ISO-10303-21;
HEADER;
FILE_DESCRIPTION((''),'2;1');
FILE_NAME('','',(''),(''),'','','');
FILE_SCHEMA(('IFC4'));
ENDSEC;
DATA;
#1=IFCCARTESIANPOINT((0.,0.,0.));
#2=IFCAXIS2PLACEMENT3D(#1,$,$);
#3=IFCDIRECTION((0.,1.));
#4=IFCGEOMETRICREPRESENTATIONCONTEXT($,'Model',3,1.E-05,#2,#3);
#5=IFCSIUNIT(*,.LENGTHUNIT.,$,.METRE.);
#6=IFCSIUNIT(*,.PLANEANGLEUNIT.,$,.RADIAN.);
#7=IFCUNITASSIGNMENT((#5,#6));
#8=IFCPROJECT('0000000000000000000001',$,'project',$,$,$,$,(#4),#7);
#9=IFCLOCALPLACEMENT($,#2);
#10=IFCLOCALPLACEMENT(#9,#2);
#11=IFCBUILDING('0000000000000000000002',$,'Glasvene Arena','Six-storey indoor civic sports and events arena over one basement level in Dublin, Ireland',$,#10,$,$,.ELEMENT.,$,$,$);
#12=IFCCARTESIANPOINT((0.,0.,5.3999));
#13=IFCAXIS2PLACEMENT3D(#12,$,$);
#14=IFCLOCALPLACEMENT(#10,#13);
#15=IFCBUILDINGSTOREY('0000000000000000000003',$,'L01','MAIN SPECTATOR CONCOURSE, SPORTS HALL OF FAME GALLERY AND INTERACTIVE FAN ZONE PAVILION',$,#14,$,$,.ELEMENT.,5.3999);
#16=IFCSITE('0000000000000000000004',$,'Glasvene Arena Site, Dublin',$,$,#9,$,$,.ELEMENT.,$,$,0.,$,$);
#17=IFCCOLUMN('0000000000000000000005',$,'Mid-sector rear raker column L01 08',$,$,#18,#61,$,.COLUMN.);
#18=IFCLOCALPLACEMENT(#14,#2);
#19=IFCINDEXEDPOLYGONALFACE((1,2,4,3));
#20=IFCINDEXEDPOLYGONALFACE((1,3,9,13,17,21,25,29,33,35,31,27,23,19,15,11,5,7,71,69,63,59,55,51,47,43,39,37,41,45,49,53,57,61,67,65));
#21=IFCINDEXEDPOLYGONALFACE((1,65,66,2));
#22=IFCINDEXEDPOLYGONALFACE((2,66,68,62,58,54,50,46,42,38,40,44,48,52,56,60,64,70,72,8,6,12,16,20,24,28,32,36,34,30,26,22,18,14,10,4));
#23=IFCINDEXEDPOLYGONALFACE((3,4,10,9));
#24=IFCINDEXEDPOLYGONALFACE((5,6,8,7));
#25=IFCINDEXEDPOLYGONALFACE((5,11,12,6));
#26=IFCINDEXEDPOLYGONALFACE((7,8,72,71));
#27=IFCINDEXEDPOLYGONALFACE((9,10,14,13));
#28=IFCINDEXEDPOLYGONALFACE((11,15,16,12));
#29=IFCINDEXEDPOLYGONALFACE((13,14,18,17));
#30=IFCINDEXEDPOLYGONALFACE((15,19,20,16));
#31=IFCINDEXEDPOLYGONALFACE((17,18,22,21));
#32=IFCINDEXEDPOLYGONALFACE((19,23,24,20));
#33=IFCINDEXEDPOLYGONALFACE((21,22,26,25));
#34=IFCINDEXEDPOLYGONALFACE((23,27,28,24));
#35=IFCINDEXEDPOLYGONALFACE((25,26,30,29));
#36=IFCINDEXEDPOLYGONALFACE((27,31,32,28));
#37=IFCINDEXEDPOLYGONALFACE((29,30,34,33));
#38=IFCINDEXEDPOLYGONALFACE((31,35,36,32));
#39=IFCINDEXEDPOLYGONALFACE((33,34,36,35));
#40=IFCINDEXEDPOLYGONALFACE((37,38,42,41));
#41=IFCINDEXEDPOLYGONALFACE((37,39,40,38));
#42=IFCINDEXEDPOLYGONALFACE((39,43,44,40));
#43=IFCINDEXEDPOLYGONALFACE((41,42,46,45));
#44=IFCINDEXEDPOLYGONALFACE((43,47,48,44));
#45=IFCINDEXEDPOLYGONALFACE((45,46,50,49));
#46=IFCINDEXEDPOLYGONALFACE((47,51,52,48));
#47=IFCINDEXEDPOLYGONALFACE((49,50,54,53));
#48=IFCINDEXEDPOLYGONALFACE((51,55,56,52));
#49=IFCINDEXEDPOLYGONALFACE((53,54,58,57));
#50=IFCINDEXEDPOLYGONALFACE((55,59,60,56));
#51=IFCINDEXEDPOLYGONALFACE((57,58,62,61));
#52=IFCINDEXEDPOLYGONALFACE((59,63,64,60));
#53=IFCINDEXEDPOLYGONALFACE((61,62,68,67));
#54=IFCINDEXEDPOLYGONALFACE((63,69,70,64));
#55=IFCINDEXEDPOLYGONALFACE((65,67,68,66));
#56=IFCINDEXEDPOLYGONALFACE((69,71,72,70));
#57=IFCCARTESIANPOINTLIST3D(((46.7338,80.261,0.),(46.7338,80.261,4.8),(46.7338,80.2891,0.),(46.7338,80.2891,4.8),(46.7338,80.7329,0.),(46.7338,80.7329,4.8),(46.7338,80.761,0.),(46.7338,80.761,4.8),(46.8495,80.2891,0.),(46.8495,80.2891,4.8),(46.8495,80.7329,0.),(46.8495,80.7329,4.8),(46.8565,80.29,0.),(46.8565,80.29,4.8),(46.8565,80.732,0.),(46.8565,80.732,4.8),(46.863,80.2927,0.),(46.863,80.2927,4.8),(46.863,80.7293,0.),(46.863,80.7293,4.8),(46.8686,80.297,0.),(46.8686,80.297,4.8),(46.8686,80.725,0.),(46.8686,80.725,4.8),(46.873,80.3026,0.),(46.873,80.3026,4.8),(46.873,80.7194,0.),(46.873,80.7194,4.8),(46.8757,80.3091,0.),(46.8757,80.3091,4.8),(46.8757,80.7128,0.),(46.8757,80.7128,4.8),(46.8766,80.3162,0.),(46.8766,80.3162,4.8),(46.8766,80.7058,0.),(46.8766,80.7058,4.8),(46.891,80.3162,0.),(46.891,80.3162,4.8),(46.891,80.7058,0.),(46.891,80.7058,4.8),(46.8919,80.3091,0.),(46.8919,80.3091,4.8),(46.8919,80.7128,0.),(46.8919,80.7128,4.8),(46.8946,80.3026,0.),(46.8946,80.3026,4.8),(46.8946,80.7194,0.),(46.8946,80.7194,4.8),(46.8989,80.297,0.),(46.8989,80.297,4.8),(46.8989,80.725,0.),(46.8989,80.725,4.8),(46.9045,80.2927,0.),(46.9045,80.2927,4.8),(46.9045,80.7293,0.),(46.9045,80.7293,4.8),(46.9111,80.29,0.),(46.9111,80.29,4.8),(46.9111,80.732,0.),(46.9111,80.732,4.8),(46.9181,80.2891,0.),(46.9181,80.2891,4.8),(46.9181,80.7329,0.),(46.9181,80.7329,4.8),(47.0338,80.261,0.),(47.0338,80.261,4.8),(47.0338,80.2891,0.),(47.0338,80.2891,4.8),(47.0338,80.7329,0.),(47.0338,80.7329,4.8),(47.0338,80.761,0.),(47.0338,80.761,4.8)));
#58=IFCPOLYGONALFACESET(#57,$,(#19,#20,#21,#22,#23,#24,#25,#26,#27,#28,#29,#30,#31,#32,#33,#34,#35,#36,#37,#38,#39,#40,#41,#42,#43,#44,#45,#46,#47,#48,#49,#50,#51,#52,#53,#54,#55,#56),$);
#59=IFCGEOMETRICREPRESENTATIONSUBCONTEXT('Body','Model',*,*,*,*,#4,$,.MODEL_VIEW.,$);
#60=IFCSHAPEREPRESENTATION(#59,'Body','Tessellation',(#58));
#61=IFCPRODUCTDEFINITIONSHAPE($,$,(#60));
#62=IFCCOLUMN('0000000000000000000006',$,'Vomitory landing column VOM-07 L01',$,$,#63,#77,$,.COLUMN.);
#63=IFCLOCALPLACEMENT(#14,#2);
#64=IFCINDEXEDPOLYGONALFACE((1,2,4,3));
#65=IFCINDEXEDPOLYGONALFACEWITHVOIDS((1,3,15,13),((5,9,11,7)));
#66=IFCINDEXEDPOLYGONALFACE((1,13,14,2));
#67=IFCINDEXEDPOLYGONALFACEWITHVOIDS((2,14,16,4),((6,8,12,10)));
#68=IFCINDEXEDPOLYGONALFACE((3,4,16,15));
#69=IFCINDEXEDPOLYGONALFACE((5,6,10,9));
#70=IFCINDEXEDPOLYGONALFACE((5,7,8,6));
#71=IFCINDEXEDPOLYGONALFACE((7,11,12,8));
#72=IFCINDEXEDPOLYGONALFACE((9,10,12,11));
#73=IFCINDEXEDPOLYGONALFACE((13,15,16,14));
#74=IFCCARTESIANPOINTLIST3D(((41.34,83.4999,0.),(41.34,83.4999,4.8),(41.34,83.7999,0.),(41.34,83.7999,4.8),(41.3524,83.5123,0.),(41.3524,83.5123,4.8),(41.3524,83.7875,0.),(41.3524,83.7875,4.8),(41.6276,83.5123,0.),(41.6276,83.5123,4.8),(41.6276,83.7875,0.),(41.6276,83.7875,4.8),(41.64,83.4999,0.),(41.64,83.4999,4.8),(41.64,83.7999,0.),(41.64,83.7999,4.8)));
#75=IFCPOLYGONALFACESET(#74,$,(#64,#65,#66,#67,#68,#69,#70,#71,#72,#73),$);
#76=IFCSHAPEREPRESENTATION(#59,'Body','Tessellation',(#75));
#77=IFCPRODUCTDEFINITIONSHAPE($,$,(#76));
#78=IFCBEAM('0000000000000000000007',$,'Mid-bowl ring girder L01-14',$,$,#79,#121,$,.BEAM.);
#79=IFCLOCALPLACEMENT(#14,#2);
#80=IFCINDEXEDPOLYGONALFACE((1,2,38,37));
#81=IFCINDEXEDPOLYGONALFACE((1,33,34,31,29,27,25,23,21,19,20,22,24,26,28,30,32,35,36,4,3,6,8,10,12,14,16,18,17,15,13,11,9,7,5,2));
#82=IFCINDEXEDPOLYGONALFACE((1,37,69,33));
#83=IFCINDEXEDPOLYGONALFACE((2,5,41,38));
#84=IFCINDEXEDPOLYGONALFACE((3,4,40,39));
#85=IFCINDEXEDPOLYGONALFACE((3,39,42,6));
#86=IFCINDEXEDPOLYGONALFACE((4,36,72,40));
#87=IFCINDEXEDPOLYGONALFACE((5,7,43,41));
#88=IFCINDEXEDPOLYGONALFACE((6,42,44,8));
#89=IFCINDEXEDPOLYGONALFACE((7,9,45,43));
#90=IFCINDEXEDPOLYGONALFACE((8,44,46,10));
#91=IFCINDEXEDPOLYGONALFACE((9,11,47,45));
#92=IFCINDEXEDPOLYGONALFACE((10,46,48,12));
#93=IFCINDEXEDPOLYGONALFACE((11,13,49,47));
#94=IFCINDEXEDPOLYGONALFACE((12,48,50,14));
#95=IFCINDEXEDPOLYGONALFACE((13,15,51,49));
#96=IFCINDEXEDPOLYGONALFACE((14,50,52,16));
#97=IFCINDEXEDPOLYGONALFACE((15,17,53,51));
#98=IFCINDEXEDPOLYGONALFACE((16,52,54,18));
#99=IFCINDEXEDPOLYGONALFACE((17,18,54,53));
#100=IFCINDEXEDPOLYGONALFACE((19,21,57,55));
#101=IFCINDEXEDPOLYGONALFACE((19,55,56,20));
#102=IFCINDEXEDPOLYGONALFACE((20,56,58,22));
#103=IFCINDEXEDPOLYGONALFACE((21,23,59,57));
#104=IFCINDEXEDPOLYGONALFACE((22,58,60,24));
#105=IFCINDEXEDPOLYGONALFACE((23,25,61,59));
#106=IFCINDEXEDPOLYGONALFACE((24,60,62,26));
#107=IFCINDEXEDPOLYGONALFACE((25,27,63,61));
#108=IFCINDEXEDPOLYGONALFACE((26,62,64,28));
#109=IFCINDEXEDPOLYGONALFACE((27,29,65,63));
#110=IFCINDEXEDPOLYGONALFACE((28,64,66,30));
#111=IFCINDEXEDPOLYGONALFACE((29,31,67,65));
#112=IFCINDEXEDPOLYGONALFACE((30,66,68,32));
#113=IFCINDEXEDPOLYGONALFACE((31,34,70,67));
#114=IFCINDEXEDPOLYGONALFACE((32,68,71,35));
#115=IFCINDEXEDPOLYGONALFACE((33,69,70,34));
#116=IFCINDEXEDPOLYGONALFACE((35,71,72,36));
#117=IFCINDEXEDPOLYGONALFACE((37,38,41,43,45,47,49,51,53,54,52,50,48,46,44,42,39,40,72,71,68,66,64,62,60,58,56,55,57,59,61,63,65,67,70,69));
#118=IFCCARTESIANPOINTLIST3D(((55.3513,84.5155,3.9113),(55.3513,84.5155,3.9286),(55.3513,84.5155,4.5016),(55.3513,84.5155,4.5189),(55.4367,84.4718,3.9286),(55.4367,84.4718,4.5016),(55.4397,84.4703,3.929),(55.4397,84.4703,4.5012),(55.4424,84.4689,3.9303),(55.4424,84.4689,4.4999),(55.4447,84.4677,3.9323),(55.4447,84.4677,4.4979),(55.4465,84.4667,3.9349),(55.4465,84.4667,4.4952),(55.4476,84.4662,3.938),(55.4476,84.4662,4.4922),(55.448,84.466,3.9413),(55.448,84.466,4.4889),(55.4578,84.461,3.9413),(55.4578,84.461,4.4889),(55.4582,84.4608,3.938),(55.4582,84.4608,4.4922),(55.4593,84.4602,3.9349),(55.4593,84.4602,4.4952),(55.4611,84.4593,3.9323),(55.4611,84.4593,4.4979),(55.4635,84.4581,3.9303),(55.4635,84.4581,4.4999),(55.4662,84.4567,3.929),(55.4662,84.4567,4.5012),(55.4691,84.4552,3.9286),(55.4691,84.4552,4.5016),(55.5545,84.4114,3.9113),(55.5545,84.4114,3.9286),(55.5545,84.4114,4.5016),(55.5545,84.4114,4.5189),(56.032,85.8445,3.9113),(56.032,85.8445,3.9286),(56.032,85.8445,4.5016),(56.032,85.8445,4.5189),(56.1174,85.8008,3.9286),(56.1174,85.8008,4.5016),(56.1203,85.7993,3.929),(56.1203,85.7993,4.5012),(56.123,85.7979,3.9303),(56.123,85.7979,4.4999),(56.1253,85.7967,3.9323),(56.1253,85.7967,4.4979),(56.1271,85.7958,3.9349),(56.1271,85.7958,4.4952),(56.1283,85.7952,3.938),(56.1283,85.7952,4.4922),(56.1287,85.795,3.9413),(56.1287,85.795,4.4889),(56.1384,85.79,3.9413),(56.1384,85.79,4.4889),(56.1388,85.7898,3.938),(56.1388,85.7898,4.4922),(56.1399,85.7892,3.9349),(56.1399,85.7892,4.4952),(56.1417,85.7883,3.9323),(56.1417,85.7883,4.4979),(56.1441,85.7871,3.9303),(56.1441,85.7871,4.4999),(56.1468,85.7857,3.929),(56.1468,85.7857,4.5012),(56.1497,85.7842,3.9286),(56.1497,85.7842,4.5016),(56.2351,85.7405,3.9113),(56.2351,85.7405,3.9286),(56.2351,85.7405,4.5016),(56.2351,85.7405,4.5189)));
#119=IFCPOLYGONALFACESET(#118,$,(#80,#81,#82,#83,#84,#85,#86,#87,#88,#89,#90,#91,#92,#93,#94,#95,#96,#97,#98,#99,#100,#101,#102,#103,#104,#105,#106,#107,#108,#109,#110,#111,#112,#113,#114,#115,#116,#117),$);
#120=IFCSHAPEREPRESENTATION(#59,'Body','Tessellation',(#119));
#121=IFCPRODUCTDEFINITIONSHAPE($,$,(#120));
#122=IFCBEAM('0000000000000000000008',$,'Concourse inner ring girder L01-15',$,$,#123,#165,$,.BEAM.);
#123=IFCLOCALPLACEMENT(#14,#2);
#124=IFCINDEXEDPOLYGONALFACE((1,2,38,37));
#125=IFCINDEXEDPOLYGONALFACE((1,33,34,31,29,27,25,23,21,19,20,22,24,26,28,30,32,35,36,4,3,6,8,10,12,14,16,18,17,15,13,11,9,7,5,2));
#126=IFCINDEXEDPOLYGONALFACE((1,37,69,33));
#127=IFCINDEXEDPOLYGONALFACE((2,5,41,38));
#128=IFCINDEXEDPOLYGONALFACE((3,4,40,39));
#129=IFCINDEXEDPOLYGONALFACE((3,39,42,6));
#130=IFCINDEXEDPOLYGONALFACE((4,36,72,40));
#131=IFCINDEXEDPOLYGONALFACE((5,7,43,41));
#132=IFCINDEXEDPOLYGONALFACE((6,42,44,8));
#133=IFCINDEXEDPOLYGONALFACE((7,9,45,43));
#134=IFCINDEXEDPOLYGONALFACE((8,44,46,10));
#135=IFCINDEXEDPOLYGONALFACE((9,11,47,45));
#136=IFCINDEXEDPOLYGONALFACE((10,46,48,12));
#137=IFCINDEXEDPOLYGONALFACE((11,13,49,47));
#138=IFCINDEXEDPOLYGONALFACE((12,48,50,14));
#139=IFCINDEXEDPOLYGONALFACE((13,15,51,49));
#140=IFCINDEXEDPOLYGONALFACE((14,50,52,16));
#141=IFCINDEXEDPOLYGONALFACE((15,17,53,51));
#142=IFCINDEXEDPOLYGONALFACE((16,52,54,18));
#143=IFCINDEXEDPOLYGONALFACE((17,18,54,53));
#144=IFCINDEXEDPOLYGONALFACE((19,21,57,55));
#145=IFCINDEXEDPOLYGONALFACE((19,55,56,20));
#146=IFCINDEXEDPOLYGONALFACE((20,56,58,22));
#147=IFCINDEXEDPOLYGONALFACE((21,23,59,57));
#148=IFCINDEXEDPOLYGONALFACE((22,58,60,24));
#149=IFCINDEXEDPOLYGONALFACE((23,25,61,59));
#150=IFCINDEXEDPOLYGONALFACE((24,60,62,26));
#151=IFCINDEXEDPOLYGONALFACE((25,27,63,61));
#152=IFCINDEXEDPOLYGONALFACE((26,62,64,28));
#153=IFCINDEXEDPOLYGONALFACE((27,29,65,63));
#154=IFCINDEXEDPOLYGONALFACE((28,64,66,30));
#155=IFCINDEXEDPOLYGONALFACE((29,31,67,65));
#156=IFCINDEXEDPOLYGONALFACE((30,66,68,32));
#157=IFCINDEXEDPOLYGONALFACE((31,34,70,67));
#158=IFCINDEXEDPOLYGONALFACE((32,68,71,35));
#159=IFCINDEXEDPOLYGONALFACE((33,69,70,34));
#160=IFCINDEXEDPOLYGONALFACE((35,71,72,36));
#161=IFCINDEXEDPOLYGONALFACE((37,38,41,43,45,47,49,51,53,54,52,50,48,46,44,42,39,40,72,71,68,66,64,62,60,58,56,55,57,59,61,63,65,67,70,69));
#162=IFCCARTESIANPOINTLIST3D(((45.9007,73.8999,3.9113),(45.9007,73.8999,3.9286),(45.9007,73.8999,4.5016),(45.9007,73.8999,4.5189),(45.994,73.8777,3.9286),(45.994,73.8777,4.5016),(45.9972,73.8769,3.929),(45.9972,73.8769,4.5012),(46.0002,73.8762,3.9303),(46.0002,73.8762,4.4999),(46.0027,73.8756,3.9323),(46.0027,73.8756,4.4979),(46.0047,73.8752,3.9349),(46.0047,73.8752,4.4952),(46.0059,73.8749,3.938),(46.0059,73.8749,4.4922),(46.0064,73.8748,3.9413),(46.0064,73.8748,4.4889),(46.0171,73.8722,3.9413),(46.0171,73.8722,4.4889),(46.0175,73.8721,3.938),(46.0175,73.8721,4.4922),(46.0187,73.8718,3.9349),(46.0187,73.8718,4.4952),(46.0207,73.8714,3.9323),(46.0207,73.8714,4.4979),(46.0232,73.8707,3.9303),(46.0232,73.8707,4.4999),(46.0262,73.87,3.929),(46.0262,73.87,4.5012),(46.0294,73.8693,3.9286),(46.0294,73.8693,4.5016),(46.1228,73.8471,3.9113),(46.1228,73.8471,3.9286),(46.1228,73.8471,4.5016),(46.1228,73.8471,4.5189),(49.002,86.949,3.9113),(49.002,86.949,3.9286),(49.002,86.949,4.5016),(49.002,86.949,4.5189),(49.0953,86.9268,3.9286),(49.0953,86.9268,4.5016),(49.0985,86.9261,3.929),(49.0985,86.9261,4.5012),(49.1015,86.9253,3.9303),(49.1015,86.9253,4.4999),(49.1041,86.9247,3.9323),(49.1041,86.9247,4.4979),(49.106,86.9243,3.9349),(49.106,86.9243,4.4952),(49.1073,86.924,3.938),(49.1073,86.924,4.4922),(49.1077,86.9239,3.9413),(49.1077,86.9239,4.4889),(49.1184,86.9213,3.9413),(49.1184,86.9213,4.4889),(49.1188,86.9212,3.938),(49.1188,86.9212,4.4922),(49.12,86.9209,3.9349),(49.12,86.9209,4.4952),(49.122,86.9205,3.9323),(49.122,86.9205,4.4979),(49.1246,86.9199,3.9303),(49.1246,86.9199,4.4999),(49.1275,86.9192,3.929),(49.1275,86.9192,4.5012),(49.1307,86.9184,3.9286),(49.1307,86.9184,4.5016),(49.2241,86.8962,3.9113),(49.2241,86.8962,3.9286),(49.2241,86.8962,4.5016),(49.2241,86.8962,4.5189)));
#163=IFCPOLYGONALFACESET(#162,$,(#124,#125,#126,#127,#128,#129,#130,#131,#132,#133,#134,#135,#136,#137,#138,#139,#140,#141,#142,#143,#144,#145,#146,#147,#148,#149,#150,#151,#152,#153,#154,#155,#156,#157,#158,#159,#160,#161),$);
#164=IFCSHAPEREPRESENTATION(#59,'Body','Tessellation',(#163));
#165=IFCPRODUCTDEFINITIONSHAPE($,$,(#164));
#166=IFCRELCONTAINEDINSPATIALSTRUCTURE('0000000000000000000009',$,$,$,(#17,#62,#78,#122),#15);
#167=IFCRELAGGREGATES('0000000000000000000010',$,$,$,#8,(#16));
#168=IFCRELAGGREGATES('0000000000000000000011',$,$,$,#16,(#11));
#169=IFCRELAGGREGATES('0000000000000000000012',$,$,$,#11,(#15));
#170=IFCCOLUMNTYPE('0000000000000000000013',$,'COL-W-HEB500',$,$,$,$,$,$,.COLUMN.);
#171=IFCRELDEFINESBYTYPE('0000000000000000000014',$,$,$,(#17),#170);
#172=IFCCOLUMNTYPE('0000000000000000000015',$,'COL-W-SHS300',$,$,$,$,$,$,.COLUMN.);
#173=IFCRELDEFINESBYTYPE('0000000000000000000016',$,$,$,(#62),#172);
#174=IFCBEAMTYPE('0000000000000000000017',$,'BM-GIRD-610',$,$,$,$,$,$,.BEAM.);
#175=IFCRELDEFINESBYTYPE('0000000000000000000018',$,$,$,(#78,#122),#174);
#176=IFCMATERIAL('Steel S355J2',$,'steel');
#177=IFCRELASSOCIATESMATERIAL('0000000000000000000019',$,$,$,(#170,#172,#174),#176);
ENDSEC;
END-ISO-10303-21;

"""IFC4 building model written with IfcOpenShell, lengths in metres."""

from ifc_helpers import new_model, si_unit, direction, frame, origin, origin_2d, place, context, subcontext, project, spatial, hollow_rectangle, i_section, extrude, material, material_profile, profile_set, type_object, element, save


model = new_model("IFC4")

# Units and contexts
model_context = context("Model", 3, precision=1e-05, world=origin(), true_north=direction((0.0, 1.0)))
body_context = subcontext(model_context, "Body", "Model", "MODEL_VIEW")
ifc_project = project(units=[si_unit("LENGTHUNIT", "METRE"), si_unit("PLANEANGLEUNIT", "RADIAN")], contexts=[model_context])

# Site, building, storey
site_placement = place(None, origin())
site = spatial("IfcSite", under=ifc_project, at=site_placement, Name="Glasvene Arena Site, Dublin", CompositionType="ELEMENT", RefElevation=0.0)
building_placement = place(site_placement, origin())
building = spatial("IfcBuilding", under=site, at=building_placement, Name="Glasvene Arena", Description="Six-storey indoor civic sports and events arena over one basement level in Dublin, Ireland", CompositionType="ELEMENT")
storey_placement = place(building_placement, frame((0.0, 0.0, 5.3999)))
storey = spatial("IfcBuildingStorey", under=building, at=storey_placement, Name="L01", Description="MAIN SPECTATOR CONCOURSE, SPORTS HALL OF FAME GALLERY AND INTERACTIVE FAN ZONE PAVILION", CompositionType="ELEMENT", Elevation=5.3999)

# Columns
ifc_material_1 = material(Name="Steel S355J2", Category="steel")
ifc_material_profile_1 = material_profile(ifc_material_1, i_section(OverallWidth=0.3, OverallDepth=0.5, WebThickness=0.0144, FlangeThickness=0.0281, FilletRadius=0.0271, at=origin_2d()), Name="HEB 500")
ifc_profile_set_1 = profile_set([ifc_material_profile_1], Name="Steel S355J2")
column_type_1 = type_object("IfcColumnType", Name="COL-W-HEB500", PredefinedType="COLUMN", material=ifc_profile_set_1)
for number, where, z_axis, x_axis, name in (
    (1, (46.8838, 80.511, 0.0), (0.0, 0.0, 1.0), (1.0, 0.0, 0.0), "Mid-sector rear raker column L01 08"),
):
    element("IfcColumn", number, at=place(storey_placement, frame(where, z_axis=z_axis, x_axis=x_axis)), inside=storey, type_object=column_type_1, Name=name, PredefinedType="COLUMN", context=body_context, shape_type="SweptSolid", body=[
        extrude(i_section(OverallWidth=0.3, OverallDepth=0.5, WebThickness=0.0144, FlangeThickness=0.0281, FilletRadius=0.0271, at=origin_2d()), origin(), (0.0, 0.0, 1.0), 4.8),
    ])
ifc_material_profile_2 = material_profile(ifc_material_1, hollow_rectangle(XDim=0.3, YDim=0.3, WallThickness=0.0125, at=origin_2d()), Name="SHS 300x300x12.5")
ifc_profile_set_2 = profile_set([ifc_material_profile_2], Name="Steel S355J2")
column_type_2 = type_object("IfcColumnType", Name="COL-W-SHS300", PredefinedType="COLUMN", material=ifc_profile_set_2)
column_placement = place(storey_placement, frame((41.49, 83.6499, 0.0), z_axis=(0.0, 0.0, 1.0), x_axis=(1.0, 0.0, 0.0)))
element("IfcColumn", 2, at=column_placement, inside=storey, type_object=column_type_2, Name="Vomitory landing column VOM-07 L01", PredefinedType="COLUMN", context=body_context, shape_type="SweptSolid", body=[
    extrude(hollow_rectangle(XDim=0.3, YDim=0.3, WallThickness=0.0125, at=origin_2d()), origin(), (0.0, 0.0, 1.0), 4.8),
])

# Beams
ifc_material_profile_3 = material_profile(ifc_material_1, i_section(OverallWidth=0.2283, OverallDepth=0.6077, WebThickness=0.011, FlangeThickness=0.0173, FilletRadius=0.0127, at=origin_2d()), Name="UKB 610x229x113")
ifc_profile_set_3 = profile_set([ifc_material_profile_3], Name="Steel S355J2")
beam_type_1 = type_object("IfcBeamType", Name="BM-GIRD-610", PredefinedType="BEAM", material=ifc_profile_set_3)
beam_1_placement = place(storey_placement, frame((56.1335, 85.7925, 4.2151), z_axis=(-0.455825, -0.890069, 0.0), x_axis=(0.890069, -0.455825, 0.0)))
element("IfcBeam", 3, at=beam_1_placement, inside=storey, type_object=beam_type_1, Name="Mid-bowl ring girder L01-14", PredefinedType="BEAM", context=body_context, shape_type="SweptSolid", body=[
    extrude(i_section(OverallWidth=0.2283, OverallDepth=0.6077, WebThickness=0.011, FlangeThickness=0.0173, FilletRadius=0.0127, at=origin_2d()), origin(), (0.0, 0.0, 1.0), 1.4932),
])
beam_2_placement = place(storey_placement, frame((49.113, 86.9226, 4.2151), z_axis=(-0.231225, -0.9729, 0.0), x_axis=(0.9729, -0.231225, 0.0)))
element("IfcBeam", 4, at=beam_2_placement, inside=storey, type_object=beam_type_1, Name="Concourse inner ring girder L01-15", PredefinedType="BEAM", context=body_context, shape_type="SweptSolid", body=[
    extrude(i_section(OverallWidth=0.2283, OverallDepth=0.6077, WebThickness=0.011, FlangeThickness=0.0173, FilletRadius=0.0127, at=origin_2d()), origin(), (0.0, 0.0, 1.0), 13.4126),
])

save(model, "model.ifc")
